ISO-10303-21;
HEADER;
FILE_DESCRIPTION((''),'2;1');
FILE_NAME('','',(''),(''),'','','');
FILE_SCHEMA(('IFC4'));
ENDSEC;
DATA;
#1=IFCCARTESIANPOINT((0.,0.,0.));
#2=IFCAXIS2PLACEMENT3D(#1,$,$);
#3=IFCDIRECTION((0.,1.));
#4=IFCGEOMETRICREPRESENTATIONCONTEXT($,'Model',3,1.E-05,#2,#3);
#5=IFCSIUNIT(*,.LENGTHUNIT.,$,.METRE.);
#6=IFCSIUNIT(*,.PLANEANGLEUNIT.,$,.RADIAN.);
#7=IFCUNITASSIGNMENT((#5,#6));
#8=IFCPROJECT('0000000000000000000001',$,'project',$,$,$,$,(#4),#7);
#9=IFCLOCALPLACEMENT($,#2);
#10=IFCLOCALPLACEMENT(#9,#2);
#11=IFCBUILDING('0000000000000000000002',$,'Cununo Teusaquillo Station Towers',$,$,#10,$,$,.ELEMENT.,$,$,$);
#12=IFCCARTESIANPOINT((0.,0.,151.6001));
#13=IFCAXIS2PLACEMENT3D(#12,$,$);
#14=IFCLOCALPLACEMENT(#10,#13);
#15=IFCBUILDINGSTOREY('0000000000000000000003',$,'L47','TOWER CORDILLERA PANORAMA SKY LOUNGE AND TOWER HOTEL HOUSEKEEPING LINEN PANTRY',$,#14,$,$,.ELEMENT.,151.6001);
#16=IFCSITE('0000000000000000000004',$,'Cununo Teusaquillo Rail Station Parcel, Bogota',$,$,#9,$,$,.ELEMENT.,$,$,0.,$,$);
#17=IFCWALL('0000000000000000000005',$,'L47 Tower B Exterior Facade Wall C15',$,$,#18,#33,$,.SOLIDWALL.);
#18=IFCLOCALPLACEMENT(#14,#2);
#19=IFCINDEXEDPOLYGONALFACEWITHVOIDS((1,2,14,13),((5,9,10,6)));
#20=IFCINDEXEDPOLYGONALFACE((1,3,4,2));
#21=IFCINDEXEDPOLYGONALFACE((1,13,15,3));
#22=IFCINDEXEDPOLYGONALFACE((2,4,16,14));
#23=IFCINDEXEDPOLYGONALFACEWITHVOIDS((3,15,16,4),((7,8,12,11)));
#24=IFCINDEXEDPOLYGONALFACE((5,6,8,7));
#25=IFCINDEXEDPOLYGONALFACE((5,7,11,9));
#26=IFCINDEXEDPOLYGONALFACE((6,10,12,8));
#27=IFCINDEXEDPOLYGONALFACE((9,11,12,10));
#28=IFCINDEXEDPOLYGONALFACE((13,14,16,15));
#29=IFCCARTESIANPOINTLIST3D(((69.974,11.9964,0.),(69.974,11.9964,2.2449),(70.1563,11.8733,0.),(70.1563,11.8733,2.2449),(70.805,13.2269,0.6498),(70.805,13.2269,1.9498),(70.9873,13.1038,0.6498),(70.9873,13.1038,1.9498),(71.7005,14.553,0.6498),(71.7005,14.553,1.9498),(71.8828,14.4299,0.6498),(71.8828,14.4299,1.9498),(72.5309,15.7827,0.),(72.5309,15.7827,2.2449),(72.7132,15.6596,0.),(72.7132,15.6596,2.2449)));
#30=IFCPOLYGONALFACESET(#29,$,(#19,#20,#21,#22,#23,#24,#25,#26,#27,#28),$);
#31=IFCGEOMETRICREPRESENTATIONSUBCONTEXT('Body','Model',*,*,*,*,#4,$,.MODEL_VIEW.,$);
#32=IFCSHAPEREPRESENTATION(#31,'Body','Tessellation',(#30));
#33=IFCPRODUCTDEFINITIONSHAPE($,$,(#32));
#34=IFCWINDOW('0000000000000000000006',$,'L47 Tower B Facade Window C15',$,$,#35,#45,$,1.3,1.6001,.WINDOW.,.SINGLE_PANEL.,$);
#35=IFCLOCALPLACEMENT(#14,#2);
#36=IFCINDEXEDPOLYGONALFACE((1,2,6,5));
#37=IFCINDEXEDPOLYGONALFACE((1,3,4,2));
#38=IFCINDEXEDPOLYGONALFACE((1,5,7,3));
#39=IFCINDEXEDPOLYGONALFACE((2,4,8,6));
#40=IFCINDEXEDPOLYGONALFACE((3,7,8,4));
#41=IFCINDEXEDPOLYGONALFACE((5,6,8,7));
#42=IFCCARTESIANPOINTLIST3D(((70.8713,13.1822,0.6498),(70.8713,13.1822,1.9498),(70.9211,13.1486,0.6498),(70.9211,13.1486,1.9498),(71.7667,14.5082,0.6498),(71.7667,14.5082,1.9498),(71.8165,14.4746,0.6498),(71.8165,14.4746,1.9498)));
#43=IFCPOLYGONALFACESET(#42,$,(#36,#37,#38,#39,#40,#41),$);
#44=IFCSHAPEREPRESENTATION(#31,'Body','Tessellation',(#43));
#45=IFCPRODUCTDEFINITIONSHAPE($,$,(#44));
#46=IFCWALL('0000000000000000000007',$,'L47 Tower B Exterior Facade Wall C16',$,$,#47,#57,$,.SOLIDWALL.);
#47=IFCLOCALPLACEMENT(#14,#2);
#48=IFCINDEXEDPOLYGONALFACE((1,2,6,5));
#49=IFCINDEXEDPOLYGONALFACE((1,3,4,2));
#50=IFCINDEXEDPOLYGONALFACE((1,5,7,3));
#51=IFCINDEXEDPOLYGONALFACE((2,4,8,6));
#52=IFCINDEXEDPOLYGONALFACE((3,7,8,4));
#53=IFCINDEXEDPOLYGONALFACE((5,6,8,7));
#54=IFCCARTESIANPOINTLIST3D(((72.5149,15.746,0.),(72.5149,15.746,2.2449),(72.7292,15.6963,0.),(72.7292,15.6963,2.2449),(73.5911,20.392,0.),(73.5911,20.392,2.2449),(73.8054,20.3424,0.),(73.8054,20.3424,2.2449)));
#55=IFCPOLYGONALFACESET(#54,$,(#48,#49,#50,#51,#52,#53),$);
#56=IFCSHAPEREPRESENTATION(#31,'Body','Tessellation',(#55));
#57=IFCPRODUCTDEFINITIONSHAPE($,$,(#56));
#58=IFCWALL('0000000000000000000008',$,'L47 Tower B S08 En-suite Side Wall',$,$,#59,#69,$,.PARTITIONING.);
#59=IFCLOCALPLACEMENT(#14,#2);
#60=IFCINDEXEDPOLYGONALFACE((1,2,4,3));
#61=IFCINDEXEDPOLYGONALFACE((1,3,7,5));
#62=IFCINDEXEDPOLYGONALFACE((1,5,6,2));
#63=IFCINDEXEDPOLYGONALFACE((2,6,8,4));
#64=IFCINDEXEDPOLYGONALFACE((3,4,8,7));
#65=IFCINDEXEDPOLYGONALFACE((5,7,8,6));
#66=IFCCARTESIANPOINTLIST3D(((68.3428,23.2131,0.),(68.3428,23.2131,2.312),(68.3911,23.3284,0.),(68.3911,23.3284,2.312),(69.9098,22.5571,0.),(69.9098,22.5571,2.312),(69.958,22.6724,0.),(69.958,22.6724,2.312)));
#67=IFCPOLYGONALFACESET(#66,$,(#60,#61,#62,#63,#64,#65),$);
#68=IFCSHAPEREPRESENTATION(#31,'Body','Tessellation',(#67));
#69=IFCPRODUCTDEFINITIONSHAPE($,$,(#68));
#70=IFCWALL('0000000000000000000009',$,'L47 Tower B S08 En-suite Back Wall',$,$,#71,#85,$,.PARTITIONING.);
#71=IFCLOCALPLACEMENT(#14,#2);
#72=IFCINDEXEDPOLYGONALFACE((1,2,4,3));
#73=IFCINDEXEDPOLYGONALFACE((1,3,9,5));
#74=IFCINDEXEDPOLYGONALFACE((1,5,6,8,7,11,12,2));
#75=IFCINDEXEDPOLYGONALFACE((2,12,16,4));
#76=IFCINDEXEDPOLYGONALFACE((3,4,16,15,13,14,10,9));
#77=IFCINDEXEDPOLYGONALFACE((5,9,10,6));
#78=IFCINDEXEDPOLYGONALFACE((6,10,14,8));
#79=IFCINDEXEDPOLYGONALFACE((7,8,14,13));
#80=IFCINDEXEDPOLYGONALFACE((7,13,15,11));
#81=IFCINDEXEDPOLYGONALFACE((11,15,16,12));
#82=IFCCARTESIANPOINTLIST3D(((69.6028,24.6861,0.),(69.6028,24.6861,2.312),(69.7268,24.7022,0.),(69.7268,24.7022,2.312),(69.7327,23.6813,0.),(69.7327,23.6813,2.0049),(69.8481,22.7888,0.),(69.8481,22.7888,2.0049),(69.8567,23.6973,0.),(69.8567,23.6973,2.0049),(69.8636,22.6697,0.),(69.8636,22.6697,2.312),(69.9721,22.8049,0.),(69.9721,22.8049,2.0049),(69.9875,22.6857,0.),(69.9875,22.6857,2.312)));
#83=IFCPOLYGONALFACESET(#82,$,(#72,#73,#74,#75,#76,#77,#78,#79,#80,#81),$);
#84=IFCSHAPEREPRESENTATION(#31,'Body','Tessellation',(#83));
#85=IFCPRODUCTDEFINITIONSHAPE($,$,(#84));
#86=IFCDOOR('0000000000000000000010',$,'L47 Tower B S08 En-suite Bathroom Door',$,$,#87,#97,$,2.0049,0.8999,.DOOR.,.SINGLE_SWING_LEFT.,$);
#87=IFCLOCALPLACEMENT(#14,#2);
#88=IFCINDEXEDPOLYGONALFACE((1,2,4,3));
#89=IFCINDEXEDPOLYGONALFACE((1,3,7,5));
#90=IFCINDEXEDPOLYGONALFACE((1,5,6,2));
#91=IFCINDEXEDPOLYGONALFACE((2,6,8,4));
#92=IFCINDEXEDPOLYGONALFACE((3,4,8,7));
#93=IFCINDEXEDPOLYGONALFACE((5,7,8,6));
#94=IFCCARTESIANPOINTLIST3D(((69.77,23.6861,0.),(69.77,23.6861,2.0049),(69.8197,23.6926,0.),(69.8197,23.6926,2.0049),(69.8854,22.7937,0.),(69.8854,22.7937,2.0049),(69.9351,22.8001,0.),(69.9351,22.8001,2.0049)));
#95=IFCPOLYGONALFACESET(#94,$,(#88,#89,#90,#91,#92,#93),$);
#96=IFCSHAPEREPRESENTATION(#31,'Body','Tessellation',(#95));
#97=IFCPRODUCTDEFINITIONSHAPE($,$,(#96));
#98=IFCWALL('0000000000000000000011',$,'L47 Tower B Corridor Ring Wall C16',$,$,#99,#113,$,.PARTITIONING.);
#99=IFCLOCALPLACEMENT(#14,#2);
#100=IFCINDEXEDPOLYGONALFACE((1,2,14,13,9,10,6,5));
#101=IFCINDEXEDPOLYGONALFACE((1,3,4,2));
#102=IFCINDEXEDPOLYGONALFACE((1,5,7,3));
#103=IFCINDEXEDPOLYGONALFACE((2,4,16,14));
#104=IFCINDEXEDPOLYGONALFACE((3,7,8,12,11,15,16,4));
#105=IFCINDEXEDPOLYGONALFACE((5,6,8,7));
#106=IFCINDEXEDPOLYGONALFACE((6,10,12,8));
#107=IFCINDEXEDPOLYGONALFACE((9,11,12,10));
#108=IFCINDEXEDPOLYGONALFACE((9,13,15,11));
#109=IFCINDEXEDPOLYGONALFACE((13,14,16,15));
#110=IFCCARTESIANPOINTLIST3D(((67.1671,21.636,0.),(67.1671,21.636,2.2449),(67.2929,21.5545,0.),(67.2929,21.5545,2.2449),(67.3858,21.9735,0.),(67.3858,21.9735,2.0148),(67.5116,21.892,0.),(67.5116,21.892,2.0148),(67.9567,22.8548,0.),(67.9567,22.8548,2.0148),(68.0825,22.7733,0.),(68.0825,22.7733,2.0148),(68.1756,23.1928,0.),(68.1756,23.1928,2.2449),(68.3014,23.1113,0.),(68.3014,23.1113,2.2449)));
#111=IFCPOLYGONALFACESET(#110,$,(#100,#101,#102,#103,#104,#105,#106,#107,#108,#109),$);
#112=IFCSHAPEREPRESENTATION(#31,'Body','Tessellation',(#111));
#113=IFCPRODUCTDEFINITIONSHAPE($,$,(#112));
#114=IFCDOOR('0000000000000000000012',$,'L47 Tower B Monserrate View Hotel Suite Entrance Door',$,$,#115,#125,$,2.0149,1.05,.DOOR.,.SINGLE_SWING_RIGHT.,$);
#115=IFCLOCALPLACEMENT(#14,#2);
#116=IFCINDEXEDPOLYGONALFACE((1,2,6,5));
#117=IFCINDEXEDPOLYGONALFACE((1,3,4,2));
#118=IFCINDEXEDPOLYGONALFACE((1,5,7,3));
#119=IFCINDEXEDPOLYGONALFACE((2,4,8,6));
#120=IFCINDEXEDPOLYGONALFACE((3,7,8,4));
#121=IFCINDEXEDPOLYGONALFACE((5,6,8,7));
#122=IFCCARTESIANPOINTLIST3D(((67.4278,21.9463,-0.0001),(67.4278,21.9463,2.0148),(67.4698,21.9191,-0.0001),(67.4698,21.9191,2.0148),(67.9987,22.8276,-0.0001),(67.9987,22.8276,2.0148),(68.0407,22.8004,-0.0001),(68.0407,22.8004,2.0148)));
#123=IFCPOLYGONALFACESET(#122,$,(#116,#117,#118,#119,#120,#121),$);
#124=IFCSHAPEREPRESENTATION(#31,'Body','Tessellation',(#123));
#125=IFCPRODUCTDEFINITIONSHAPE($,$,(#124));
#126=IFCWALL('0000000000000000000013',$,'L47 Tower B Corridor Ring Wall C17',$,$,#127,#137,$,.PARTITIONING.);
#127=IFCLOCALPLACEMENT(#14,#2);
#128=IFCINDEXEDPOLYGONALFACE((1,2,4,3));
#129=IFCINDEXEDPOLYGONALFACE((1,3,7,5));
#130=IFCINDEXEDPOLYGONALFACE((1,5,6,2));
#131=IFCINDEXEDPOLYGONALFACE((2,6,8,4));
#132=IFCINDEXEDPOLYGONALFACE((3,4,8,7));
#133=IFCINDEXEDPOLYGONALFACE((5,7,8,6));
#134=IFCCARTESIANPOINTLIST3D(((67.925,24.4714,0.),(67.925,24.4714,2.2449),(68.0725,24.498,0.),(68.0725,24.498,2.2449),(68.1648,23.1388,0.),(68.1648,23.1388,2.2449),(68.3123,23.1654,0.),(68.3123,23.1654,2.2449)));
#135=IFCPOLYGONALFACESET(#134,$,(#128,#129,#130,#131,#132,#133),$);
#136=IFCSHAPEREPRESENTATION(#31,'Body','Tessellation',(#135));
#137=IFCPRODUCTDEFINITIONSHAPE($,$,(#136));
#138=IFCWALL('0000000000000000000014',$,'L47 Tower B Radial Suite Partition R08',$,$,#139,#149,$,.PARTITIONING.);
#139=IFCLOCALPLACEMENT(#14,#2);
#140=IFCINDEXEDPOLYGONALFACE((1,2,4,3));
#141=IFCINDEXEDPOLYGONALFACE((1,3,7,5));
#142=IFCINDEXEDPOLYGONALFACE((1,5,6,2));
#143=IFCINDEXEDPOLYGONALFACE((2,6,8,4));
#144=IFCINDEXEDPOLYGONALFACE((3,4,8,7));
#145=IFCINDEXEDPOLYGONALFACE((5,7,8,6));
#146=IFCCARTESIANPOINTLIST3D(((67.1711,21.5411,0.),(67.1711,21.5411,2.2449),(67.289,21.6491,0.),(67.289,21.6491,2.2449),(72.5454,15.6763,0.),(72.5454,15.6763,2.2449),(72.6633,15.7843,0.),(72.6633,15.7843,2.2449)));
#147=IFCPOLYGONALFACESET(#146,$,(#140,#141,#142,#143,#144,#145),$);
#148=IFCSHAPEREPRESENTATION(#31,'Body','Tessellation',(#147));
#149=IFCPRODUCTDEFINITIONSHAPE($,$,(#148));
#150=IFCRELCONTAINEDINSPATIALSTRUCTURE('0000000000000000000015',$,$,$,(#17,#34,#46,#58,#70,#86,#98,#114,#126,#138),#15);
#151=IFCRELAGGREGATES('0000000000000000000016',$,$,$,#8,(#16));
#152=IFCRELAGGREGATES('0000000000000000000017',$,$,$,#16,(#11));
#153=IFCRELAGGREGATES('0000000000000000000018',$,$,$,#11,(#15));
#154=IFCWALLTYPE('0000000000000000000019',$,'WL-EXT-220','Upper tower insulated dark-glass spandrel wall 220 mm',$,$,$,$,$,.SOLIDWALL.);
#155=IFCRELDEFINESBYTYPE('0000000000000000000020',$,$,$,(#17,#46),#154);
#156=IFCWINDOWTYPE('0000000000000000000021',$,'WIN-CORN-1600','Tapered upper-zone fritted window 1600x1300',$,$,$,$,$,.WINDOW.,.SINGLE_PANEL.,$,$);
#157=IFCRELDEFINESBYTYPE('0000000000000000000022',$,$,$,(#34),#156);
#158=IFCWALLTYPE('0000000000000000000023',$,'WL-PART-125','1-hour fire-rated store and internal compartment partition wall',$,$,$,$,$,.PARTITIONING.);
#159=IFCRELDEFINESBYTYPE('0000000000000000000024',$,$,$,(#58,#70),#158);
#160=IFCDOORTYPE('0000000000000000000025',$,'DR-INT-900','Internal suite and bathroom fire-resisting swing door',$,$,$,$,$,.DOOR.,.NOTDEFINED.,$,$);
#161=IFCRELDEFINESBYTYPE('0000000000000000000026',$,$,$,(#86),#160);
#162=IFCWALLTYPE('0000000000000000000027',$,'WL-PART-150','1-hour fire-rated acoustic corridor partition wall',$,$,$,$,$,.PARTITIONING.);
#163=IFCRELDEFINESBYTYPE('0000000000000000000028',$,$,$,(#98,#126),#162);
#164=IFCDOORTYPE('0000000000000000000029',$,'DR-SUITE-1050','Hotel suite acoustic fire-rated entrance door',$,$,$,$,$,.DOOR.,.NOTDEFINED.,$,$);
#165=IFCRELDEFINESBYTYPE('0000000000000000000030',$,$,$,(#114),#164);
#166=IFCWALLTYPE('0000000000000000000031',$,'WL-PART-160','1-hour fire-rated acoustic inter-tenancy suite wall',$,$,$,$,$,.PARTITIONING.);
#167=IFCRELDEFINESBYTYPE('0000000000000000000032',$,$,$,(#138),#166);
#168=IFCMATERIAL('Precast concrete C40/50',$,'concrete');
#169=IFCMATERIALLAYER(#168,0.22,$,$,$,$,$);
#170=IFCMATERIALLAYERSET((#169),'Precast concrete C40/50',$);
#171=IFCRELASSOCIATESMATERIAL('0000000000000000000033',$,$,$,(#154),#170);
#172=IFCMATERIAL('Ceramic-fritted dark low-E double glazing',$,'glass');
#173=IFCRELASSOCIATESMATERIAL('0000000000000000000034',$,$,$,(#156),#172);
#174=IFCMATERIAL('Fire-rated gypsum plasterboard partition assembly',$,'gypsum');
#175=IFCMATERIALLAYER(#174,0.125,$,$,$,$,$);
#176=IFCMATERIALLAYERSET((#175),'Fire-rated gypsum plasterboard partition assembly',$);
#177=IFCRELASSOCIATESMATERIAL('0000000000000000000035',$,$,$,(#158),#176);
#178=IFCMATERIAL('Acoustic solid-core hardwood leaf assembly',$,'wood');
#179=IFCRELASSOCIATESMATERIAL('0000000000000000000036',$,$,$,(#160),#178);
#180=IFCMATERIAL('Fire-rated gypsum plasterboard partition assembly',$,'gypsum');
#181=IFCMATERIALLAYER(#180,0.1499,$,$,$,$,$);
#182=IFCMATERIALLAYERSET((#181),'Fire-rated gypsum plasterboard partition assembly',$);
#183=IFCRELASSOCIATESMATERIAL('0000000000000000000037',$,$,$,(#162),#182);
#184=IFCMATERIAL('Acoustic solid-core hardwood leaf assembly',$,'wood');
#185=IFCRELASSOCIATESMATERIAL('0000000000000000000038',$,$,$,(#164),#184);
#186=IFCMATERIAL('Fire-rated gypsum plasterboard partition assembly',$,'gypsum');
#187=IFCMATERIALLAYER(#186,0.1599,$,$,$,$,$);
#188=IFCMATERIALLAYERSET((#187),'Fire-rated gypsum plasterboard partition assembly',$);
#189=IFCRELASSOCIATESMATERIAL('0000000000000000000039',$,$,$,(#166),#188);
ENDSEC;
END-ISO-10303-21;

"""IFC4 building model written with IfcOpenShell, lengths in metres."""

from ifc_helpers import new_model, si_unit, direction, frame, frame_2d, origin, place, context, subcontext, project, spatial, rectangle, extrude, source, transform, mapped, material, layer, layer_set, type_object, element, fill, save


model = new_model("IFC4")

# Units and contexts
model_context = context("Model", 3, precision=1e-05, world=origin(), true_north=direction((0.0, 1.0)))
body_context = subcontext(model_context, "Body", "Model", "MODEL_VIEW")
ifc_project = project(units=[si_unit("LENGTHUNIT", "METRE"), si_unit("PLANEANGLEUNIT", "RADIAN")], contexts=[model_context])

# Site, building, storey
site_placement = place(None, origin())
site = spatial("IfcSite", under=ifc_project, at=site_placement, Name="Cununo Teusaquillo Rail Station Parcel, Bogota", CompositionType="ELEMENT", RefElevation=0.0)
building_placement = place(site_placement, origin())
building = spatial("IfcBuilding", under=site, at=building_placement, Name="Cununo Teusaquillo Station Towers", CompositionType="ELEMENT")
storey_placement = place(building_placement, frame((0.0, 0.0, 151.6001)))
storey = spatial("IfcBuildingStorey", under=building, at=storey_placement, Name="L47", Description="TOWER CORDILLERA PANORAMA SKY LOUNGE AND TOWER HOTEL HOUSEKEEPING LINEN PANTRY", CompositionType="ELEMENT", Elevation=151.6001)

# Shared definitions
ifc_material_1 = material(Name="Precast concrete C40/50", Category="concrete")
ifc_layer_1 = layer(ifc_material_1, 0.22)
ifc_layer_set_1 = layer_set([ifc_layer_1], Name="Precast concrete C40/50")
wall_type_1 = type_object("IfcWallType", Name="WL-EXT-220", Description="Upper tower insulated dark-glass spandrel wall 220 mm", PredefinedType="SOLIDWALL", material=ifc_layer_set_1)
shared_shape_1 = source(origin(), body_context, "Body", "SweptSolid", [
    extrude(rectangle(XDim=1.6001, YDim=1.3, at=frame_2d((0.8, 0.6499))), frame((0.0, 0.1199, 0.0), z_axis=(0.0, -1.0, 0.0), x_axis=(1.0, 0.0, 0.0)), (0.0, 0.0, 1.0), 0.24),
])
ifc_material_2 = material(Name="Ceramic-fritted dark low-E double glazing", Category="glass")
window_type = type_object("IfcWindowType", Name="WIN-CORN-1600", Description="Tapered upper-zone fritted window 1600x1300", PartitioningType="SINGLE_PANEL", PredefinedType="WINDOW", material=ifc_material_2)
shared_shape_2 = source(origin(), body_context, "Body", "SweptSolid", [
    extrude(rectangle(XDim=1.6001, YDim=1.3, at=frame_2d((0.8, 0.6499))), frame((0.0, 0.03, 0.0), z_axis=(0.0, -1.0, 0.0), x_axis=(1.0, 0.0, 0.0)), (0.0, 0.0, 1.0), 0.0601),
])

# Wall, opening, window
wall_1_placement = place(storey_placement, frame((72.6221, 15.7212, 0.0), z_axis=(0.0, 0.0, 1.0), x_axis=(-0.559635, -0.828739, 0.0)))
wall_1 = element("IfcWall", 1, at=wall_1_placement, inside=storey, type_object=wall_type_1, Name="L47 Tower B Exterior Facade Wall C15", PredefinedType="SOLIDWALL", context=body_context, shape_type="SweptSolid", body=[
    extrude(rectangle(XDim=4.5688, YDim=0.22, at=frame_2d((2.2844, 0.0))), origin(), (0.0, 0.0, 1.0), 2.2449),
])
opening_1_placement = place(wall_1_placement, frame((1.4839, 0.0, 0.6499)))
opening_1 = element("IfcOpeningElement", 2, at=opening_1_placement, cuts=wall_1, PredefinedType="OPENING", context=body_context, shape_type="MappedRepresentation", body=[
    mapped(shared_shape_1, transform((0.0, 0.0, 0.0), x_axis=(1.0, 0.0, 0.0), y_axis=(0.0, 1.0, 0.0), z_axis=(0.0, 0.0, 1.0), scale=1.0)),
])
window_1_placement = place(opening_1_placement, origin())
window_1 = element("IfcWindow", 3, at=window_1_placement, inside=storey, type_object=window_type, Name="L47 Tower B Facade Window C15", OverallHeight=1.3, OverallWidth=1.6001, PartitioningType="SINGLE_PANEL", PredefinedType="WINDOW", context=body_context, shape_type="MappedRepresentation", body=[
    mapped(shared_shape_2, transform((0.0, 0.0, 0.0), x_axis=(1.0, 0.0, 0.0), y_axis=(0.0, 1.0, 0.0), z_axis=(0.0, 0.0, 1.0), scale=1.0)),
])
fill(opening_1, window_1)

# Walls
wall_2_placement = place(storey_placement, frame((73.6982, 20.3672, 0.0), z_axis=(0.0, 0.0, 1.0), x_axis=(-0.22566, -0.974206, 0.0)))
element("IfcWall", 4, at=wall_2_placement, inside=storey, type_object=wall_type_1, Name="L47 Tower B Exterior Facade Wall C16", PredefinedType="SOLIDWALL", context=body_context, shape_type="SweptSolid", body=[
    extrude(rectangle(XDim=4.769, YDim=0.22, at=frame_2d((2.3845, 0.0))), origin(), (0.0, 0.0, 1.0), 2.2449),
])
ifc_material_3 = material(Name="Fire-rated gypsum plasterboard partition assembly", Category="gypsum")
ifc_layer_2 = layer(ifc_material_3, 0.125)
ifc_layer_set_2 = layer_set([ifc_layer_2], Name="Fire-rated gypsum plasterboard partition assembly")
wall_type_2 = type_object("IfcWallType", Name="WL-PART-125", Description="1-hour fire-rated store and internal compartment partition wall", PredefinedType="PARTITIONING", material=ifc_layer_set_2)
wall_3_placement = place(storey_placement, frame((68.3669, 23.2708, 0.0), z_axis=(0.0, 0.0, 1.0), x_axis=(0.922421, -0.386186, 0.0)))
element("IfcWall", 5, at=wall_3_placement, inside=storey, type_object=wall_type_2, Name="L47 Tower B S08 En-suite Side Wall", PredefinedType="PARTITIONING", context=body_context, shape_type="SweptSolid", body=[
    extrude(rectangle(XDim=1.6987, YDim=0.125, at=frame_2d((0.8494, 0.0))), origin(), (0.0, 0.0, 1.0), 2.312),
])

# Walls, openings, doors
wall_4_placement = place(storey_placement, frame((69.9255, 22.6777, 0.0), z_axis=(0.0, 0.0, 1.0), x_axis=(-0.128246, 0.991742, 0.0)))
wall_4 = element("IfcWall", 6, at=wall_4_placement, inside=storey, type_object=wall_type_2, Name="L47 Tower B S08 En-suite Back Wall", PredefinedType="PARTITIONING", context=body_context, shape_type="SweptSolid", body=[
    extrude(rectangle(XDim=2.0332, YDim=0.125, at=frame_2d((1.0166, 0.0))), origin(), (0.0, 0.0, 1.0), 2.312),
])
shared_shape_3 = source(origin(), body_context, "Body", "SweptSolid", [
    extrude(rectangle(XDim=0.8999, YDim=2.0049, at=frame_2d((0.45, 1.0024))), frame((0.0, 0.0725, 0.0), z_axis=(0.0, -1.0, 0.0), x_axis=(1.0, 0.0, 0.0)), (0.0, 0.0, 1.0), 0.145),
])
opening_2_placement = place(wall_4_placement, frame((0.1201, 0.0, 0.0)))
opening_2 = element("IfcOpeningElement", 7, at=opening_2_placement, cuts=wall_4, PredefinedType="OPENING", context=body_context, shape_type="MappedRepresentation", body=[
    mapped(shared_shape_3, transform((0.0, 0.0, 0.0), x_axis=(1.0, 0.0, 0.0), y_axis=(0.0, 1.0, 0.0), z_axis=(0.0, 0.0, 1.0), scale=1.0)),
])
ifc_material_4 = material(Name="Acoustic solid-core hardwood leaf assembly", Category="wood")
door_type_1 = type_object("IfcDoorType", Name="DR-INT-900", Description="Internal suite and bathroom fire-resisting swing door", OperationType="NOTDEFINED", PredefinedType="DOOR", material=ifc_material_4)
shared_shape_4 = source(origin(), body_context, "Body", "SweptSolid", [
    extrude(rectangle(XDim=0.8999, YDim=2.0049, at=frame_2d((0.45, 1.0024))), frame((0.0, 0.0249, 0.0), z_axis=(0.0, -1.0, 0.0), x_axis=(1.0, 0.0, 0.0)), (0.0, 0.0, 1.0), 0.05),
])
door_1_placement = place(opening_2_placement, origin())
door_1 = element("IfcDoor", 8, at=door_1_placement, inside=storey, type_object=door_type_1, Name="L47 Tower B S08 En-suite Bathroom Door", OperationType="SINGLE_SWING_LEFT", OverallHeight=2.0049, OverallWidth=0.8999, PredefinedType="DOOR", context=body_context, shape_type="MappedRepresentation", body=[
    mapped(shared_shape_4, transform((0.0, 0.0, 0.0), x_axis=(1.0, 0.0, 0.0), y_axis=(0.0, 1.0, 0.0), z_axis=(0.0, 0.0, 1.0), scale=1.0)),
])
fill(opening_2, door_1)
ifc_material_5 = material(Name="Fire-rated gypsum plasterboard partition assembly", Category="gypsum")
ifc_layer_3 = layer(ifc_material_5, 0.1499)
ifc_layer_set_3 = layer_set([ifc_layer_3], Name="Fire-rated gypsum plasterboard partition assembly")
wall_type_3 = type_object("IfcWallType", Name="WL-PART-150", Description="1-hour fire-rated acoustic corridor partition wall", PredefinedType="PARTITIONING", material=ifc_layer_set_3)
wall_5_placement = place(storey_placement, frame((67.23, 21.5952, 0.0), z_axis=(0.0, 0.0, 1.0), x_axis=(0.543688, 0.839288, 0.0)))
wall_5 = element("IfcWall", 9, at=wall_5_placement, inside=storey, type_object=wall_type_3, Name="L47 Tower B Corridor Ring Wall C16", PredefinedType="PARTITIONING", context=body_context, shape_type="SweptSolid", body=[
    extrude(rectangle(XDim=1.855, YDim=0.1499, at=frame_2d((0.9275, 0.0))), origin(), (0.0, 0.0, 1.0), 2.2449),
])
shared_shape_5 = source(origin(), body_context, "Body", "SweptSolid", [
    extrude(rectangle(XDim=1.05, YDim=2.0149, at=frame_2d((0.5249, 1.0073))), frame((0.0, 0.085, 0.0), z_axis=(0.0, -1.0, 0.0), x_axis=(1.0, 0.0, 0.0)), (0.0, 0.0, 1.0), 0.1699),
])
opening_3_placement = place(wall_5_placement, frame((0.4023, 0.0, 0.0)))
opening_3 = element("IfcOpeningElement", 10, at=opening_3_placement, cuts=wall_5, PredefinedType="OPENING", context=body_context, shape_type="MappedRepresentation", body=[
    mapped(shared_shape_5, transform((0.0, 0.0, 0.0), x_axis=(1.0, 0.0, 0.0), y_axis=(0.0, 1.0, 0.0), z_axis=(0.0, 0.0, 1.0), scale=1.0)),
])
ifc_material_6 = material(Name="Acoustic solid-core hardwood leaf assembly", Category="wood")
door_type_2 = type_object("IfcDoorType", Name="DR-SUITE-1050", Description="Hotel suite acoustic fire-rated entrance door", OperationType="NOTDEFINED", PredefinedType="DOOR", material=ifc_material_6)
shared_shape_6 = source(origin(), body_context, "Body", "SweptSolid", [
    extrude(rectangle(XDim=1.05, YDim=2.0149, at=frame_2d((0.5249, 1.0073))), frame((0.0, 0.0249, 0.0), z_axis=(0.0, -1.0, 0.0), x_axis=(1.0, 0.0, 0.0)), (0.0, 0.0, 1.0), 0.05),
])
door_2_placement = place(opening_3_placement, origin())
door_2 = element("IfcDoor", 11, at=door_2_placement, inside=storey, type_object=door_type_2, Name="L47 Tower B Monserrate View Hotel Suite Entrance Door", OperationType="SINGLE_SWING_RIGHT", OverallHeight=2.0149, OverallWidth=1.05, PredefinedType="DOOR", context=body_context, shape_type="MappedRepresentation", body=[
    mapped(shared_shape_6, transform((0.0, 0.0, 0.0), x_axis=(1.0, 0.0, 0.0), y_axis=(0.0, 1.0, 0.0), z_axis=(0.0, 0.0, 1.0), scale=1.0)),
])
fill(opening_3, door_2)

# Walls
wall_6_placement = place(storey_placement, frame((68.2385, 23.1521, 0.0), z_axis=(0.0, 0.0, 1.0), x_axis=(-0.177076, 0.984197, 0.0)))
element("IfcWall", 12, at=wall_6_placement, inside=storey, type_object=wall_type_3, Name="L47 Tower B Corridor Ring Wall C17", PredefinedType="PARTITIONING", context=body_context, shape_type="SweptSolid", body=[
    extrude(rectangle(XDim=1.354, YDim=0.1499, at=frame_2d((0.677, 0.0))), origin(), (0.0, 0.0, 1.0), 2.2449),
])
ifc_material_7 = material(Name="Fire-rated gypsum plasterboard partition assembly", Category="gypsum")
ifc_layer_4 = layer(ifc_material_7, 0.1599)
ifc_layer_set_4 = layer_set([ifc_layer_4], Name="Fire-rated gypsum plasterboard partition assembly")
wall_type_4 = type_object("IfcWallType", Name="WL-PART-160", Description="1-hour fire-rated acoustic inter-tenancy suite wall", PredefinedType="PARTITIONING", material=ifc_layer_set_4)
wall_7_placement = place(storey_placement, frame((67.23, 21.5952, 0.0), z_axis=(0.0, 0.0, 1.0), x_axis=(0.675605, -0.737264, 0.0)))
element("IfcWall", 13, at=wall_7_placement, inside=storey, type_object=wall_type_4, Name="L47 Tower B Radial Suite Partition R08", PredefinedType="PARTITIONING", context=body_context, shape_type="SweptSolid", body=[
    extrude(rectangle(XDim=7.9548, YDim=0.1599, at=frame_2d((3.9775, 0.0))), origin(), (0.0, 0.0, 1.0), 2.2449),
])

save(model, "model.ifc")
